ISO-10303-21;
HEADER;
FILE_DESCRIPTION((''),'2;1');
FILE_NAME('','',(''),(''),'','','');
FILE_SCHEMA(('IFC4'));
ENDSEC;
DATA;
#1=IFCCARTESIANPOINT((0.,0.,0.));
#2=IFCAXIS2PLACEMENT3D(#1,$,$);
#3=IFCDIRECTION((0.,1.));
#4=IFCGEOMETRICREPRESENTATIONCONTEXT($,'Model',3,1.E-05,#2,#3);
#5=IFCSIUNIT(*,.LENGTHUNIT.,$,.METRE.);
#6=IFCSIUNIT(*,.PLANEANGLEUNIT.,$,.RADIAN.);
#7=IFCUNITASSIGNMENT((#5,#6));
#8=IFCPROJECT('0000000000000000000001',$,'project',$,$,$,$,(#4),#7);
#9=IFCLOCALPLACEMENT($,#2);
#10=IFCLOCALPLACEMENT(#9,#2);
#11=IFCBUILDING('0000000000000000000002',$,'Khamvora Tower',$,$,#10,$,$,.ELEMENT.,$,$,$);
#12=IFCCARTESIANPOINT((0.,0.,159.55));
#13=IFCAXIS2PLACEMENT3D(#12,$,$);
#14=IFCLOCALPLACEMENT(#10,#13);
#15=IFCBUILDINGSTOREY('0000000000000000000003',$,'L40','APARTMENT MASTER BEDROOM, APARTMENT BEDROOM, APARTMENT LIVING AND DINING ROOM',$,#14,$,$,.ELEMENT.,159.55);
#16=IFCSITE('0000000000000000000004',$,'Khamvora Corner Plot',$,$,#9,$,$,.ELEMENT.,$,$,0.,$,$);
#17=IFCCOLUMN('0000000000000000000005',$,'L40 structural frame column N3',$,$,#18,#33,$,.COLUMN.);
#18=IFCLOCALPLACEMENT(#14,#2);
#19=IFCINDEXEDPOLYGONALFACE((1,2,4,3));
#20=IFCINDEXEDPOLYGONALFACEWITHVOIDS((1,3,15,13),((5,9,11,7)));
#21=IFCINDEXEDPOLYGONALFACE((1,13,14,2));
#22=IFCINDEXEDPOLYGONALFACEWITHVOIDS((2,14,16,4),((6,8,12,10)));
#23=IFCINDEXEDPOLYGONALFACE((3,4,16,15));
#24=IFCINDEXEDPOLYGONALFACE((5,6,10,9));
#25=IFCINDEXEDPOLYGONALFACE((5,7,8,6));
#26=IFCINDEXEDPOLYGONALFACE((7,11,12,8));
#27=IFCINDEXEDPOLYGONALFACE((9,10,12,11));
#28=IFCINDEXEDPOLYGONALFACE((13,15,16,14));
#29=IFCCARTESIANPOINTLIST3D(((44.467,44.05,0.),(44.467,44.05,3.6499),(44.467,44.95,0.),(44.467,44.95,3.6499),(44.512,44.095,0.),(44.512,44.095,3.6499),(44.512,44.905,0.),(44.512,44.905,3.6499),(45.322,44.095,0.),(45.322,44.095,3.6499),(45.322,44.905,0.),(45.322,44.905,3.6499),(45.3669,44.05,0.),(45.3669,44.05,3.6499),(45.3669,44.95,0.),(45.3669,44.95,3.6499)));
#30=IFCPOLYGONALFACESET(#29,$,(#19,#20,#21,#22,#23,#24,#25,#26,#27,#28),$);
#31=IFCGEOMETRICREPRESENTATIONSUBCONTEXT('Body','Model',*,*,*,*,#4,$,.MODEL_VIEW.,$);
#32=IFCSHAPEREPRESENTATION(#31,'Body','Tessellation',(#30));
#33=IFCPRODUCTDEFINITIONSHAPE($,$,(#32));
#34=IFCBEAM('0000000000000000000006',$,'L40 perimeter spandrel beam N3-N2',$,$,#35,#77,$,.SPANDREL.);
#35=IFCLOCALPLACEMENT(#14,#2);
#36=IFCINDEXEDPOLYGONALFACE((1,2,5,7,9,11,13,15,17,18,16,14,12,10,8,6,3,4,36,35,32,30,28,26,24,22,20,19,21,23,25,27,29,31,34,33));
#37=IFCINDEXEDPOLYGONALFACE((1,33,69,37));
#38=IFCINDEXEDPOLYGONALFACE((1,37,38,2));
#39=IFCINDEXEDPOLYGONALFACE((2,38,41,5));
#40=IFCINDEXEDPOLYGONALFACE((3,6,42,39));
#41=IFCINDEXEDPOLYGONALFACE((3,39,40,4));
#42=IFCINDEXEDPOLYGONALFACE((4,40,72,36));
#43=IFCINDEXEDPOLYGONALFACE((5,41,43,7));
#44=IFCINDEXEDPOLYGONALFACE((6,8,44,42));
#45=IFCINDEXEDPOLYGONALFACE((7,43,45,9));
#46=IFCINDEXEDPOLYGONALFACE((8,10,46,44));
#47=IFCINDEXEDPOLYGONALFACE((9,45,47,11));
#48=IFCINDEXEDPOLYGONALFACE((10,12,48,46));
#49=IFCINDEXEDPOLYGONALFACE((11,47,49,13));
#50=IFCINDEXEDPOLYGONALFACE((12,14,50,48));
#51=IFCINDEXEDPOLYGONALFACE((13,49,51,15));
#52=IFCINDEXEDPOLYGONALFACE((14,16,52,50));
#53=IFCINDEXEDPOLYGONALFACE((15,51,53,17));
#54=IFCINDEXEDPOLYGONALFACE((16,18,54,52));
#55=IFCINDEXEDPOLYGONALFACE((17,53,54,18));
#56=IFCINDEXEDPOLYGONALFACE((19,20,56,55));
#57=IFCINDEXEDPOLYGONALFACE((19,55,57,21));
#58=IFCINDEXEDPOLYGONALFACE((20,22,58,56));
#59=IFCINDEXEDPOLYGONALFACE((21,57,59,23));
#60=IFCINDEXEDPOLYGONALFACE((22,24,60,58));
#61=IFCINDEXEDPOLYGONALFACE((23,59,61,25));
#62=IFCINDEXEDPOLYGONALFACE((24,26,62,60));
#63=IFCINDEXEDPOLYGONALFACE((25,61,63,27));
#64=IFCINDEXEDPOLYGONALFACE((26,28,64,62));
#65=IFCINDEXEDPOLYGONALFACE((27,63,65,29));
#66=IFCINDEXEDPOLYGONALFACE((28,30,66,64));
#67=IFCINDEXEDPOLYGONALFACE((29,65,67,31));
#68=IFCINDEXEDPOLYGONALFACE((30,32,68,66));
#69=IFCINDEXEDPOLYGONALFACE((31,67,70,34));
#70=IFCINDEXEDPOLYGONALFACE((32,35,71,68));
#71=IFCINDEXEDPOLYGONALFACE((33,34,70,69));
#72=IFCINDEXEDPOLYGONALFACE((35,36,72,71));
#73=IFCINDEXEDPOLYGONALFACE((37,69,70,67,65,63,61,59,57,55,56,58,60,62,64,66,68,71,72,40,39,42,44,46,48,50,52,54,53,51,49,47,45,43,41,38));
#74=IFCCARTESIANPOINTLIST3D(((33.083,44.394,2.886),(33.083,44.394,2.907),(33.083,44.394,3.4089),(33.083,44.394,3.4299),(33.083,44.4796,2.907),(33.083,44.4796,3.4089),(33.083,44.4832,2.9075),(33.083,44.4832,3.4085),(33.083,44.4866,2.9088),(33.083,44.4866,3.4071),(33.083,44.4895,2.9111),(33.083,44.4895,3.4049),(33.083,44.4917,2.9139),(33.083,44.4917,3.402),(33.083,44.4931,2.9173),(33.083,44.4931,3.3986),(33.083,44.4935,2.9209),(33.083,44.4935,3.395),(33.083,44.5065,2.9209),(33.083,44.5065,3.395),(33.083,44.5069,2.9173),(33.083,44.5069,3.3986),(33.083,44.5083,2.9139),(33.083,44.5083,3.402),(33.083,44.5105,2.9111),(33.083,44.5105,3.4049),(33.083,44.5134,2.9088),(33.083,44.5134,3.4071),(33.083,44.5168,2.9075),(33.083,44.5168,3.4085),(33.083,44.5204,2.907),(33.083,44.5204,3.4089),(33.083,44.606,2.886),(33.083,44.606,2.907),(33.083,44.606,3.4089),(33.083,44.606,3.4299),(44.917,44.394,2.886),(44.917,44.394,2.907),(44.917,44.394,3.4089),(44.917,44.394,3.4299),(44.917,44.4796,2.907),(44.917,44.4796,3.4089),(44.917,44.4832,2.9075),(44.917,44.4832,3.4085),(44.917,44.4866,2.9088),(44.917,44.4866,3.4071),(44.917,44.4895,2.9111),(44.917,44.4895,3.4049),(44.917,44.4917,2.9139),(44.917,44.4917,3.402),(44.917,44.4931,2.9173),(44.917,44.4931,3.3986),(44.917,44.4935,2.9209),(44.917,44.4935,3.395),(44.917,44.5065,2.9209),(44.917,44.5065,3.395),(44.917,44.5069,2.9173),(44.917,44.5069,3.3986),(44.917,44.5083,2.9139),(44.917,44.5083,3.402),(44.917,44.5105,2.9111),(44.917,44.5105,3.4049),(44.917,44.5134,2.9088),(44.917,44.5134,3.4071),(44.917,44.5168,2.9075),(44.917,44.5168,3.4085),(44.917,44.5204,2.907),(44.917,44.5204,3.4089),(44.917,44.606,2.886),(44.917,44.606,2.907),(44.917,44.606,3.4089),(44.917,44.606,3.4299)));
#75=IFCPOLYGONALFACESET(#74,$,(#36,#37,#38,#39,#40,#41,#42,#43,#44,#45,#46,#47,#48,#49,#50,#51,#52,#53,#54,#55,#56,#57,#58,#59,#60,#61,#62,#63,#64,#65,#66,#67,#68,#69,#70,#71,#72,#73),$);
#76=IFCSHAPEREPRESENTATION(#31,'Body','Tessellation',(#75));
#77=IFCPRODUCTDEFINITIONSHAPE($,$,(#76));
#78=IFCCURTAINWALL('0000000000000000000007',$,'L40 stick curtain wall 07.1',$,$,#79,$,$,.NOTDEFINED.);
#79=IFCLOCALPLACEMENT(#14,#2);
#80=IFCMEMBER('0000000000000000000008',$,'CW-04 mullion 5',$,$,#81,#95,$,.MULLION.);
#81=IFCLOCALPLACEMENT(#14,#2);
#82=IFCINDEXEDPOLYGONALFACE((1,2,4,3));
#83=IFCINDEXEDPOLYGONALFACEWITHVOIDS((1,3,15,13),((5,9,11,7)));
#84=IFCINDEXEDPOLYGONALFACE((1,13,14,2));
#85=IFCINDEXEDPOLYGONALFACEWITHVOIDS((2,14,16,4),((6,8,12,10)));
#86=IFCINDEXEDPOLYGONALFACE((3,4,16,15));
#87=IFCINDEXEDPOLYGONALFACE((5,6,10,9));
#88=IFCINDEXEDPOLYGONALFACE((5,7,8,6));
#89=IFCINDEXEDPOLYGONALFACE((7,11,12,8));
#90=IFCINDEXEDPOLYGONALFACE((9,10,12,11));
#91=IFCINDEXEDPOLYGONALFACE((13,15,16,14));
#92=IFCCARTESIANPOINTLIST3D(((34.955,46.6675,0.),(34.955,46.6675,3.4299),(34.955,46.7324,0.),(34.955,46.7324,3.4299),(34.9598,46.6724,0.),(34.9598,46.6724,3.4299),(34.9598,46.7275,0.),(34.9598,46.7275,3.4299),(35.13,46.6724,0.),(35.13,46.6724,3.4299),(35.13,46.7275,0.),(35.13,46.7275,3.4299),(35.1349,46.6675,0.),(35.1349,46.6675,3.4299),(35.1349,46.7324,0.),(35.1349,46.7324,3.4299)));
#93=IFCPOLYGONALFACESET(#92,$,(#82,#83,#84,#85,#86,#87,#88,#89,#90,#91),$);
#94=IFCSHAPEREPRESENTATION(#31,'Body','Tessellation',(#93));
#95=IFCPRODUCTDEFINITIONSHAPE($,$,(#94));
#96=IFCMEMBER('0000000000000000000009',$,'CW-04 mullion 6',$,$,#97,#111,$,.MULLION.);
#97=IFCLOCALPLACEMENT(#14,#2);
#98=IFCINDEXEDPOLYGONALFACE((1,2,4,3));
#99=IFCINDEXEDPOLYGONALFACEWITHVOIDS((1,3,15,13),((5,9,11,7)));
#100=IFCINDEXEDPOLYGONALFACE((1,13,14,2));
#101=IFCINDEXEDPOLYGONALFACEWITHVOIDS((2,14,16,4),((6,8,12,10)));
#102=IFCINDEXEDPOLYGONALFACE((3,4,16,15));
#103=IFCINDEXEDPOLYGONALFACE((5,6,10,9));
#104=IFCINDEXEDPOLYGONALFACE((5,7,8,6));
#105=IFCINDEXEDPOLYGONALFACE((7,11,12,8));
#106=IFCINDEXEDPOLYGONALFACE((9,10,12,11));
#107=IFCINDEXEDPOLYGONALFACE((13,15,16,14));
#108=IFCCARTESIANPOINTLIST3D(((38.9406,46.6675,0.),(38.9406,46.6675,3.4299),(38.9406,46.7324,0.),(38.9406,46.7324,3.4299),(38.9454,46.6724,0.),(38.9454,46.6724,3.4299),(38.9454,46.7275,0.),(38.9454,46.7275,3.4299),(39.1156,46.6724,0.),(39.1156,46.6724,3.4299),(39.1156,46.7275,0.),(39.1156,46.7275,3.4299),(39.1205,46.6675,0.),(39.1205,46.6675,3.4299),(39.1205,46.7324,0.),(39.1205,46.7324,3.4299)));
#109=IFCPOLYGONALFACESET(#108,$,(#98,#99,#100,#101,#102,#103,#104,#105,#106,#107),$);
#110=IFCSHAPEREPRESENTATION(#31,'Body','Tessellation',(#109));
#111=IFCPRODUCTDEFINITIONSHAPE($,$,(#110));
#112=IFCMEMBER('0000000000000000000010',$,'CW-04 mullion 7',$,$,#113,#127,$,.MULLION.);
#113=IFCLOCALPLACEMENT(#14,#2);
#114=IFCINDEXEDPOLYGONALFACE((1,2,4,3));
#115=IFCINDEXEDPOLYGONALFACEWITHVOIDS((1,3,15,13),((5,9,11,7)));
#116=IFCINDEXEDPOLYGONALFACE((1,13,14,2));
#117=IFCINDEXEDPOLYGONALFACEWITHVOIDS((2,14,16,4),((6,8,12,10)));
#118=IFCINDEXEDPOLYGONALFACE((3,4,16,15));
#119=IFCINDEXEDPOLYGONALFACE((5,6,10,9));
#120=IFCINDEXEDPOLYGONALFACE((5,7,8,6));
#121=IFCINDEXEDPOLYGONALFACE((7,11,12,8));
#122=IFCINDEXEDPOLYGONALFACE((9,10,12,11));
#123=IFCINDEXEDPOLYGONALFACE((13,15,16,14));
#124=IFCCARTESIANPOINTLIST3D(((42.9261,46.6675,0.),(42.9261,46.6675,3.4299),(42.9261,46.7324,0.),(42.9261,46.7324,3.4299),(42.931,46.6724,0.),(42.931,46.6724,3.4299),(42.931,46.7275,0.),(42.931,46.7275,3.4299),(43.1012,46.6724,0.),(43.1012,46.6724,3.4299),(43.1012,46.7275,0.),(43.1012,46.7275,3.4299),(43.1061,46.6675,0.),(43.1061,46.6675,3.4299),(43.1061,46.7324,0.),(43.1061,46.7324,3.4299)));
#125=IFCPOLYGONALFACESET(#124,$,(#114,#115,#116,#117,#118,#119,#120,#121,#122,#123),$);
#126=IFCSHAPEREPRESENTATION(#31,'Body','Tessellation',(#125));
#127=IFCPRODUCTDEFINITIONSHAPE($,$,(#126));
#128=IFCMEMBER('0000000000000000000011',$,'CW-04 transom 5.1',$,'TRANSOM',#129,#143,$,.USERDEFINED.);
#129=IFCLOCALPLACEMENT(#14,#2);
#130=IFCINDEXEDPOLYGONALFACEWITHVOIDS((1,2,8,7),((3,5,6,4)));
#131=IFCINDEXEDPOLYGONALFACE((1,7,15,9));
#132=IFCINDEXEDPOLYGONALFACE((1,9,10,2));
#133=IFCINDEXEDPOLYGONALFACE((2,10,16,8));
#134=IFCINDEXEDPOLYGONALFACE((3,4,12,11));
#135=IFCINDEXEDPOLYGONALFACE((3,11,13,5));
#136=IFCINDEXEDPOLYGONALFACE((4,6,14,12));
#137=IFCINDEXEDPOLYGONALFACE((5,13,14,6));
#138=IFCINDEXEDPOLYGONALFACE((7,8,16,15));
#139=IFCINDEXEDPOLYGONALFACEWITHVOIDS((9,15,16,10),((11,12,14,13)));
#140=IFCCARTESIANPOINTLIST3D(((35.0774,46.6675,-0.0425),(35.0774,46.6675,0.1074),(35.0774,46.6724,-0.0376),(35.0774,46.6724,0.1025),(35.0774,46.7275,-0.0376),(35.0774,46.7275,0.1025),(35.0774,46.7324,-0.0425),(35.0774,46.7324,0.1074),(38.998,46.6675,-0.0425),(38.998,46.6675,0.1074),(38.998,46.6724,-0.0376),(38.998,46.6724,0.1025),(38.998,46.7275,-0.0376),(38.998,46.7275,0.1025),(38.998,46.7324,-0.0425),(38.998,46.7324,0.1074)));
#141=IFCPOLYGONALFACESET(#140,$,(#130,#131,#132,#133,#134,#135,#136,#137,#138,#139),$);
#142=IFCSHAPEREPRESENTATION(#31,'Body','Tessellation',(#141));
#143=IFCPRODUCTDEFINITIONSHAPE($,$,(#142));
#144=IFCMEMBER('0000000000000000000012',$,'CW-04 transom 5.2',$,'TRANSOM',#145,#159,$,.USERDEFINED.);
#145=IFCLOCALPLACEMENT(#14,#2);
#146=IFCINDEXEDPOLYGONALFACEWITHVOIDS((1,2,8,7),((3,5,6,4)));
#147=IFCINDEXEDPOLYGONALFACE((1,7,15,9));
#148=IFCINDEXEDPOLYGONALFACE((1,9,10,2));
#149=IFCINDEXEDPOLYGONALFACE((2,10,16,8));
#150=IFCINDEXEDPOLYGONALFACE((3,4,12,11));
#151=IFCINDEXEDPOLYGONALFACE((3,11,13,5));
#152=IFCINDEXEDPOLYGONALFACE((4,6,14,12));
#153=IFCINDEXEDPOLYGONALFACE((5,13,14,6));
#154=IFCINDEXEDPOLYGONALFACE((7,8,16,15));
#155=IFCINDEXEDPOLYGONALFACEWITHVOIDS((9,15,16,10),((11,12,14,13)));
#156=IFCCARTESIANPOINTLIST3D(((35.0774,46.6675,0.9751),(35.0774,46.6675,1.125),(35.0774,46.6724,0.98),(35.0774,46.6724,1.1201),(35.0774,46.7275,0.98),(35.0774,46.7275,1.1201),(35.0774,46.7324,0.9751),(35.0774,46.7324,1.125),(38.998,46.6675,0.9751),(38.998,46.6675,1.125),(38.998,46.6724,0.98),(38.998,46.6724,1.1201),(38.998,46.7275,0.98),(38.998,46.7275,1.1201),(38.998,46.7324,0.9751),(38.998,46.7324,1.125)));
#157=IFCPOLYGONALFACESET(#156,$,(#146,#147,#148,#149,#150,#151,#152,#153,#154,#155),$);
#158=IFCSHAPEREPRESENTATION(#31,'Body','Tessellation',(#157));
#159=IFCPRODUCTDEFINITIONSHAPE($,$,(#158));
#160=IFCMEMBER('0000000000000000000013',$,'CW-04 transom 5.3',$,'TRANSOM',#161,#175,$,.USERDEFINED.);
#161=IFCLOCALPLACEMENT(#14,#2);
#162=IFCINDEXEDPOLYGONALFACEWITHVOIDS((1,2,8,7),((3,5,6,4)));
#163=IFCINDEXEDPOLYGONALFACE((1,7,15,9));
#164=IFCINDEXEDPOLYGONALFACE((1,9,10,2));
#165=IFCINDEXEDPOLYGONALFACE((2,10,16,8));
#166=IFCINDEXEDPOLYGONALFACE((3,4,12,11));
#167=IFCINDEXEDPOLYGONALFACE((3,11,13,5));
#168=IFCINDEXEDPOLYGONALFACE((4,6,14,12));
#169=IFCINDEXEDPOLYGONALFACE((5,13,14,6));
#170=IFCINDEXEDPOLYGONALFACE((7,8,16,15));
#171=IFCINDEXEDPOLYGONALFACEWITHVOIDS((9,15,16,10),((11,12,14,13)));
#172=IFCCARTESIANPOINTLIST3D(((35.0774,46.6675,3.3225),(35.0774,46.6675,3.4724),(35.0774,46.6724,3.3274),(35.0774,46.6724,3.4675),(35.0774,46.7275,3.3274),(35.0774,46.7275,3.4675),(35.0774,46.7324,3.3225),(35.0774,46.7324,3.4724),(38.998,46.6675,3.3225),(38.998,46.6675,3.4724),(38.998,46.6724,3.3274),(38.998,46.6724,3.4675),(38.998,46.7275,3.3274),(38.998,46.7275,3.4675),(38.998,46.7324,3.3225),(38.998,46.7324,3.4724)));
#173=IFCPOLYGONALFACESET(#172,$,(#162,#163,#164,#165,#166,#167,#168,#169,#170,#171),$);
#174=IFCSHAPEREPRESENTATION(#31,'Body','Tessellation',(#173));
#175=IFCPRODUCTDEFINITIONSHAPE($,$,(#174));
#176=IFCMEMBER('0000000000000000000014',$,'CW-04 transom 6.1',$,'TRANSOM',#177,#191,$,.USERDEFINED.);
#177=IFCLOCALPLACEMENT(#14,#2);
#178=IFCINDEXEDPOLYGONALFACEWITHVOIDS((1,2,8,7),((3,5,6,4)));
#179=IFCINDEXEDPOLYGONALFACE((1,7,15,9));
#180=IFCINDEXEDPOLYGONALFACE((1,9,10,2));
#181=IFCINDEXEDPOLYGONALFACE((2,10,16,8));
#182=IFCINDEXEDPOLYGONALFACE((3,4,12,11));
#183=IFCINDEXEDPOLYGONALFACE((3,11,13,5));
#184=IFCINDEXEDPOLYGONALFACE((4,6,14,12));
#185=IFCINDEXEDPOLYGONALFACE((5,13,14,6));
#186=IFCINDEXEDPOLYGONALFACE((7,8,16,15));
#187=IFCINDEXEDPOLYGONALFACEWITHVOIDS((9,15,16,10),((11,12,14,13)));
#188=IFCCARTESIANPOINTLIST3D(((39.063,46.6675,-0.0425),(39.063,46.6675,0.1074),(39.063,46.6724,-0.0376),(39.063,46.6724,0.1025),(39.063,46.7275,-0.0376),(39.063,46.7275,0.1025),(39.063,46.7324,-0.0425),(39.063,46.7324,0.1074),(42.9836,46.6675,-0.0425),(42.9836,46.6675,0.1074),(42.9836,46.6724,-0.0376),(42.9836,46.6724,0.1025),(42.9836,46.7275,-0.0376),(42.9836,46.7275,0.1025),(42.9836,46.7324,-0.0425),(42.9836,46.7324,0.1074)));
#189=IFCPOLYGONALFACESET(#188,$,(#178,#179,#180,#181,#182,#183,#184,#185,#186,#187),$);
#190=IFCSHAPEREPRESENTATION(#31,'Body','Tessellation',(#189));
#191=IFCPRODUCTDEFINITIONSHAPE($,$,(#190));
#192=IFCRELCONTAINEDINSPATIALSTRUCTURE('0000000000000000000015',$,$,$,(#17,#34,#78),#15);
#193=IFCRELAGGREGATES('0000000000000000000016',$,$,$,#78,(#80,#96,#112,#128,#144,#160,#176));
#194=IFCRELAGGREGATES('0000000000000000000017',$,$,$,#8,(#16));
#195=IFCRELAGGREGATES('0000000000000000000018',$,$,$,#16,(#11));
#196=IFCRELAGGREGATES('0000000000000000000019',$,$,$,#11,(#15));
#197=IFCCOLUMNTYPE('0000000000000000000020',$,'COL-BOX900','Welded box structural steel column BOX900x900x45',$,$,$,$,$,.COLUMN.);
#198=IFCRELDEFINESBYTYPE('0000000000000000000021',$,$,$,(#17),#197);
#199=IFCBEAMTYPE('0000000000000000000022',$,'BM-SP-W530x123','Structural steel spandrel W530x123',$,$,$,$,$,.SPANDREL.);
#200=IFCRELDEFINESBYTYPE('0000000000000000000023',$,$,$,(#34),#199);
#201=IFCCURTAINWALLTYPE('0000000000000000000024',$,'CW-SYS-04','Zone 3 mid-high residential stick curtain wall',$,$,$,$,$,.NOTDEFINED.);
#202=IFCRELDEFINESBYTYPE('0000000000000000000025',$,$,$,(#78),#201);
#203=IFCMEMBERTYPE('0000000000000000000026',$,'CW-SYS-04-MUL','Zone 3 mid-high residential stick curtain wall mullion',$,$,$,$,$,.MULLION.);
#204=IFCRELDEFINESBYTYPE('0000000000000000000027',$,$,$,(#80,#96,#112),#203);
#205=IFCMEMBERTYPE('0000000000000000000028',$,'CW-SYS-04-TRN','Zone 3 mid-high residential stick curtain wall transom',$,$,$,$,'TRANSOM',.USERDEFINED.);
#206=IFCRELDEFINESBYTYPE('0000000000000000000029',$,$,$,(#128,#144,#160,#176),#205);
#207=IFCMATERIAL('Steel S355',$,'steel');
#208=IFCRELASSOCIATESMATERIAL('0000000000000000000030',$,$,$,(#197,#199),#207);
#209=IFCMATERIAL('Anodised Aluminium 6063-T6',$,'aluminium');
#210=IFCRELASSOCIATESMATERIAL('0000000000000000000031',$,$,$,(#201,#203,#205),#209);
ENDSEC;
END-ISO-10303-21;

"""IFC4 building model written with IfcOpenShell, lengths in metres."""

from ifc_helpers import new_model, si_unit, direction, frame, origin, origin_2d, place, context, subcontext, project, spatial, hollow_rectangle, i_section, extrude, material, material_profile, profile_set, type_object, element, aggregate, save


model = new_model("IFC4")

# Units and contexts
model_context = context("Model", 3, precision=1e-05, world=origin(), true_north=direction((0.0, 1.0)))
body_context = subcontext(model_context, "Body", "Model", "MODEL_VIEW")
ifc_project = project(units=[si_unit("LENGTHUNIT", "METRE"), si_unit("PLANEANGLEUNIT", "RADIAN")], contexts=[model_context])

# Site, building, storey
site_placement = place(None, origin())
site = spatial("IfcSite", under=ifc_project, at=site_placement, Name="Khamvora Corner Plot", CompositionType="ELEMENT", RefElevation=0.0)
building_placement = place(site_placement, origin())
building = spatial("IfcBuilding", under=site, at=building_placement, Name="Khamvora Tower", CompositionType="ELEMENT")
storey_placement = place(building_placement, frame((0.0, 0.0, 159.55)))
storey = spatial("IfcBuildingStorey", under=building, at=storey_placement, Name="L40", Description="APARTMENT MASTER BEDROOM, APARTMENT BEDROOM, APARTMENT LIVING AND DINING ROOM", CompositionType="ELEMENT", Elevation=159.55)

# Column
ifc_material_1 = material(Name="Steel S355", Category="steel")
ifc_material_profile_1 = material_profile(ifc_material_1, hollow_rectangle(XDim=0.8999, YDim=0.8999, WallThickness=0.0449, at=origin_2d()), Name="BOX900x900x45")
ifc_profile_set_1 = profile_set([ifc_material_profile_1], Name="Steel S355")
column_type = type_object("IfcColumnType", Name="COL-BOX900", Description="Welded box structural steel column BOX900x900x45", PredefinedType="COLUMN", material=ifc_profile_set_1)
column_placement = place(storey_placement, frame((44.917, 44.5, 0.0), z_axis=(0.0, 0.0, 1.0), x_axis=(1.0, 0.0, 0.0)))
element("IfcColumn", 1, at=column_placement, inside=storey, type_object=column_type, Name="L40 structural frame column N3", PredefinedType="COLUMN", context=body_context, shape_type="SweptSolid", body=[
    extrude(hollow_rectangle(XDim=0.8999, YDim=0.8999, WallThickness=0.0449, at=origin_2d()), origin(), (0.0, 0.0, 1.0), 3.6499),
])

# Beam
ifc_material_profile_2 = material_profile(ifc_material_1, i_section(OverallWidth=0.2119, OverallDepth=0.5439, WebThickness=0.0129, FlangeThickness=0.021, FilletRadius=0.0139, at=origin_2d()), Name="W530x123")
ifc_profile_set_2 = profile_set([ifc_material_profile_2], Name="Steel S355")
beam_type = type_object("IfcBeamType", Name="BM-SP-W530x123", Description="Structural steel spandrel W530x123", PredefinedType="SPANDREL", material=ifc_profile_set_2)
beam_placement = place(storey_placement, frame((44.917, 44.5, 3.158), z_axis=(-1.0, 0.0, 0.0), x_axis=(0.0, -1.0, 0.0)))
element("IfcBeam", 2, at=beam_placement, inside=storey, type_object=beam_type, Name="L40 perimeter spandrel beam N3-N2", PredefinedType="SPANDREL", context=body_context, shape_type="SweptSolid", body=[
    extrude(i_section(OverallWidth=0.2119, OverallDepth=0.5439, WebThickness=0.0129, FlangeThickness=0.021, FilletRadius=0.0139, at=origin_2d()), origin(), (0.0, 0.0, 1.0), 11.834),
])

# Curtain wall, members
ifc_material_2 = material(Name="Anodised Aluminium 6063-T6", Category="aluminium")
curtain_wall_type = type_object("IfcCurtainWallType", Name="CW-SYS-04", Description="Zone 3 mid-high residential stick curtain wall", PredefinedType="NOTDEFINED", material=ifc_material_2)
curtain_wall_placement = place(storey_placement, origin())
curtain_wall = element("IfcCurtainWall", 3, at=curtain_wall_placement, inside=storey, type_object=curtain_wall_type, Name="L40 stick curtain wall 07.1", PredefinedType="NOTDEFINED")
ifc_material_profile_3 = material_profile(ifc_material_2, hollow_rectangle(XDim=0.0649, YDim=0.1799, WallThickness=0.0049, at=origin_2d()), Name="MUL65x180x5")
ifc_profile_set_3 = profile_set([ifc_material_profile_3], Name="Anodised Aluminium 6063-T6")
member_type_1 = type_object("IfcMemberType", Name="CW-SYS-04-MUL", Description="Zone 3 mid-high residential stick curtain wall mullion", PredefinedType="MULLION", material=ifc_profile_set_3)
member_1_placement = place(storey_placement, frame((35.0449, 46.7, 0.0), z_axis=(0.0, 0.0, 1.0), x_axis=(0.0, 1.0, 0.0)))
member_1 = element("IfcMember", 4, at=member_1_placement, type_object=member_type_1, Name="CW-04 mullion 5", PredefinedType="MULLION", context=body_context, shape_type="SweptSolid", body=[
    extrude(hollow_rectangle(XDim=0.0649, YDim=0.1799, WallThickness=0.0049, at=origin_2d()), origin(), (0.0, 0.0, 1.0), 3.4299),
])
member_2_placement = place(storey_placement, frame((39.0305, 46.7, 0.0), z_axis=(0.0, 0.0, 1.0), x_axis=(0.0, 1.0, 0.0)))
member_2 = element("IfcMember", 5, at=member_2_placement, type_object=member_type_1, Name="CW-04 mullion 6", PredefinedType="MULLION", context=body_context, shape_type="SweptSolid", body=[
    extrude(hollow_rectangle(XDim=0.0649, YDim=0.1799, WallThickness=0.0049, at=origin_2d()), origin(), (0.0, 0.0, 1.0), 3.4299),
])
member_3_placement = place(storey_placement, frame((43.0161, 46.7, 0.0), z_axis=(0.0, 0.0, 1.0), x_axis=(0.0, 1.0, 0.0)))
member_3 = element("IfcMember", 6, at=member_3_placement, type_object=member_type_1, Name="CW-04 mullion 7", PredefinedType="MULLION", context=body_context, shape_type="SweptSolid", body=[
    extrude(hollow_rectangle(XDim=0.0649, YDim=0.1799, WallThickness=0.0049, at=origin_2d()), origin(), (0.0, 0.0, 1.0), 3.4299),
])
ifc_material_profile_4 = material_profile(ifc_material_2, hollow_rectangle(XDim=0.0649, YDim=0.1499, WallThickness=0.0049, at=origin_2d()), Name="TRN65x150x5")
ifc_profile_set_4 = profile_set([ifc_material_profile_4], Name="Anodised Aluminium 6063-T6")
member_type_2 = type_object("IfcMemberType", Name="CW-SYS-04-TRN", Description="Zone 3 mid-high residential stick curtain wall transom", ElementType="TRANSOM", PredefinedType="USERDEFINED", material=ifc_profile_set_4)
member_4_placement = place(storey_placement, frame((35.0774, 46.7, 0.0325), z_axis=(1.0, 0.0, 0.0), x_axis=(0.0, 1.0, 0.0)))
member_4 = element("IfcMember", 7, at=member_4_placement, type_object=member_type_2, Name="CW-04 transom 5.1", ObjectType="TRANSOM", PredefinedType="USERDEFINED", context=body_context, shape_type="SweptSolid", body=[
    extrude(hollow_rectangle(XDim=0.0649, YDim=0.1499, WallThickness=0.0049, at=origin_2d()), origin(), (0.0, 0.0, 1.0), 3.9207),
])
member_5_placement = place(storey_placement, frame((35.0774, 46.7, 1.05), z_axis=(1.0, 0.0, 0.0), x_axis=(0.0, 1.0, 0.0)))
member_5 = element("IfcMember", 8, at=member_5_placement, type_object=member_type_2, Name="CW-04 transom 5.2", ObjectType="TRANSOM", PredefinedType="USERDEFINED", context=body_context, shape_type="SweptSolid", body=[
    extrude(hollow_rectangle(XDim=0.0649, YDim=0.1499, WallThickness=0.0049, at=origin_2d()), origin(), (0.0, 0.0, 1.0), 3.9207),
])
member_6_placement = place(storey_placement, frame((35.0774, 46.7, 3.3975), z_axis=(1.0, 0.0, 0.0), x_axis=(0.0, 1.0, 0.0)))
member_6 = element("IfcMember", 9, at=member_6_placement, type_object=member_type_2, Name="CW-04 transom 5.3", ObjectType="TRANSOM", PredefinedType="USERDEFINED", context=body_context, shape_type="SweptSolid", body=[
    extrude(hollow_rectangle(XDim=0.0649, YDim=0.1499, WallThickness=0.0049, at=origin_2d()), origin(), (0.0, 0.0, 1.0), 3.9207),
])
member_7_placement = place(storey_placement, frame((39.063, 46.7, 0.0325), z_axis=(1.0, 0.0, 0.0), x_axis=(0.0, 1.0, 0.0)))
member_7 = element("IfcMember", 10, at=member_7_placement, type_object=member_type_2, Name="CW-04 transom 6.1", ObjectType="TRANSOM", PredefinedType="USERDEFINED", context=body_context, shape_type="SweptSolid", body=[
    extrude(hollow_rectangle(XDim=0.0649, YDim=0.1499, WallThickness=0.0049, at=origin_2d()), origin(), (0.0, 0.0, 1.0), 3.9207),
])

aggregate(curtain_wall, [member_1, member_2, member_3, member_4, member_5, member_6, member_7])

save(model, "model.ifc")
